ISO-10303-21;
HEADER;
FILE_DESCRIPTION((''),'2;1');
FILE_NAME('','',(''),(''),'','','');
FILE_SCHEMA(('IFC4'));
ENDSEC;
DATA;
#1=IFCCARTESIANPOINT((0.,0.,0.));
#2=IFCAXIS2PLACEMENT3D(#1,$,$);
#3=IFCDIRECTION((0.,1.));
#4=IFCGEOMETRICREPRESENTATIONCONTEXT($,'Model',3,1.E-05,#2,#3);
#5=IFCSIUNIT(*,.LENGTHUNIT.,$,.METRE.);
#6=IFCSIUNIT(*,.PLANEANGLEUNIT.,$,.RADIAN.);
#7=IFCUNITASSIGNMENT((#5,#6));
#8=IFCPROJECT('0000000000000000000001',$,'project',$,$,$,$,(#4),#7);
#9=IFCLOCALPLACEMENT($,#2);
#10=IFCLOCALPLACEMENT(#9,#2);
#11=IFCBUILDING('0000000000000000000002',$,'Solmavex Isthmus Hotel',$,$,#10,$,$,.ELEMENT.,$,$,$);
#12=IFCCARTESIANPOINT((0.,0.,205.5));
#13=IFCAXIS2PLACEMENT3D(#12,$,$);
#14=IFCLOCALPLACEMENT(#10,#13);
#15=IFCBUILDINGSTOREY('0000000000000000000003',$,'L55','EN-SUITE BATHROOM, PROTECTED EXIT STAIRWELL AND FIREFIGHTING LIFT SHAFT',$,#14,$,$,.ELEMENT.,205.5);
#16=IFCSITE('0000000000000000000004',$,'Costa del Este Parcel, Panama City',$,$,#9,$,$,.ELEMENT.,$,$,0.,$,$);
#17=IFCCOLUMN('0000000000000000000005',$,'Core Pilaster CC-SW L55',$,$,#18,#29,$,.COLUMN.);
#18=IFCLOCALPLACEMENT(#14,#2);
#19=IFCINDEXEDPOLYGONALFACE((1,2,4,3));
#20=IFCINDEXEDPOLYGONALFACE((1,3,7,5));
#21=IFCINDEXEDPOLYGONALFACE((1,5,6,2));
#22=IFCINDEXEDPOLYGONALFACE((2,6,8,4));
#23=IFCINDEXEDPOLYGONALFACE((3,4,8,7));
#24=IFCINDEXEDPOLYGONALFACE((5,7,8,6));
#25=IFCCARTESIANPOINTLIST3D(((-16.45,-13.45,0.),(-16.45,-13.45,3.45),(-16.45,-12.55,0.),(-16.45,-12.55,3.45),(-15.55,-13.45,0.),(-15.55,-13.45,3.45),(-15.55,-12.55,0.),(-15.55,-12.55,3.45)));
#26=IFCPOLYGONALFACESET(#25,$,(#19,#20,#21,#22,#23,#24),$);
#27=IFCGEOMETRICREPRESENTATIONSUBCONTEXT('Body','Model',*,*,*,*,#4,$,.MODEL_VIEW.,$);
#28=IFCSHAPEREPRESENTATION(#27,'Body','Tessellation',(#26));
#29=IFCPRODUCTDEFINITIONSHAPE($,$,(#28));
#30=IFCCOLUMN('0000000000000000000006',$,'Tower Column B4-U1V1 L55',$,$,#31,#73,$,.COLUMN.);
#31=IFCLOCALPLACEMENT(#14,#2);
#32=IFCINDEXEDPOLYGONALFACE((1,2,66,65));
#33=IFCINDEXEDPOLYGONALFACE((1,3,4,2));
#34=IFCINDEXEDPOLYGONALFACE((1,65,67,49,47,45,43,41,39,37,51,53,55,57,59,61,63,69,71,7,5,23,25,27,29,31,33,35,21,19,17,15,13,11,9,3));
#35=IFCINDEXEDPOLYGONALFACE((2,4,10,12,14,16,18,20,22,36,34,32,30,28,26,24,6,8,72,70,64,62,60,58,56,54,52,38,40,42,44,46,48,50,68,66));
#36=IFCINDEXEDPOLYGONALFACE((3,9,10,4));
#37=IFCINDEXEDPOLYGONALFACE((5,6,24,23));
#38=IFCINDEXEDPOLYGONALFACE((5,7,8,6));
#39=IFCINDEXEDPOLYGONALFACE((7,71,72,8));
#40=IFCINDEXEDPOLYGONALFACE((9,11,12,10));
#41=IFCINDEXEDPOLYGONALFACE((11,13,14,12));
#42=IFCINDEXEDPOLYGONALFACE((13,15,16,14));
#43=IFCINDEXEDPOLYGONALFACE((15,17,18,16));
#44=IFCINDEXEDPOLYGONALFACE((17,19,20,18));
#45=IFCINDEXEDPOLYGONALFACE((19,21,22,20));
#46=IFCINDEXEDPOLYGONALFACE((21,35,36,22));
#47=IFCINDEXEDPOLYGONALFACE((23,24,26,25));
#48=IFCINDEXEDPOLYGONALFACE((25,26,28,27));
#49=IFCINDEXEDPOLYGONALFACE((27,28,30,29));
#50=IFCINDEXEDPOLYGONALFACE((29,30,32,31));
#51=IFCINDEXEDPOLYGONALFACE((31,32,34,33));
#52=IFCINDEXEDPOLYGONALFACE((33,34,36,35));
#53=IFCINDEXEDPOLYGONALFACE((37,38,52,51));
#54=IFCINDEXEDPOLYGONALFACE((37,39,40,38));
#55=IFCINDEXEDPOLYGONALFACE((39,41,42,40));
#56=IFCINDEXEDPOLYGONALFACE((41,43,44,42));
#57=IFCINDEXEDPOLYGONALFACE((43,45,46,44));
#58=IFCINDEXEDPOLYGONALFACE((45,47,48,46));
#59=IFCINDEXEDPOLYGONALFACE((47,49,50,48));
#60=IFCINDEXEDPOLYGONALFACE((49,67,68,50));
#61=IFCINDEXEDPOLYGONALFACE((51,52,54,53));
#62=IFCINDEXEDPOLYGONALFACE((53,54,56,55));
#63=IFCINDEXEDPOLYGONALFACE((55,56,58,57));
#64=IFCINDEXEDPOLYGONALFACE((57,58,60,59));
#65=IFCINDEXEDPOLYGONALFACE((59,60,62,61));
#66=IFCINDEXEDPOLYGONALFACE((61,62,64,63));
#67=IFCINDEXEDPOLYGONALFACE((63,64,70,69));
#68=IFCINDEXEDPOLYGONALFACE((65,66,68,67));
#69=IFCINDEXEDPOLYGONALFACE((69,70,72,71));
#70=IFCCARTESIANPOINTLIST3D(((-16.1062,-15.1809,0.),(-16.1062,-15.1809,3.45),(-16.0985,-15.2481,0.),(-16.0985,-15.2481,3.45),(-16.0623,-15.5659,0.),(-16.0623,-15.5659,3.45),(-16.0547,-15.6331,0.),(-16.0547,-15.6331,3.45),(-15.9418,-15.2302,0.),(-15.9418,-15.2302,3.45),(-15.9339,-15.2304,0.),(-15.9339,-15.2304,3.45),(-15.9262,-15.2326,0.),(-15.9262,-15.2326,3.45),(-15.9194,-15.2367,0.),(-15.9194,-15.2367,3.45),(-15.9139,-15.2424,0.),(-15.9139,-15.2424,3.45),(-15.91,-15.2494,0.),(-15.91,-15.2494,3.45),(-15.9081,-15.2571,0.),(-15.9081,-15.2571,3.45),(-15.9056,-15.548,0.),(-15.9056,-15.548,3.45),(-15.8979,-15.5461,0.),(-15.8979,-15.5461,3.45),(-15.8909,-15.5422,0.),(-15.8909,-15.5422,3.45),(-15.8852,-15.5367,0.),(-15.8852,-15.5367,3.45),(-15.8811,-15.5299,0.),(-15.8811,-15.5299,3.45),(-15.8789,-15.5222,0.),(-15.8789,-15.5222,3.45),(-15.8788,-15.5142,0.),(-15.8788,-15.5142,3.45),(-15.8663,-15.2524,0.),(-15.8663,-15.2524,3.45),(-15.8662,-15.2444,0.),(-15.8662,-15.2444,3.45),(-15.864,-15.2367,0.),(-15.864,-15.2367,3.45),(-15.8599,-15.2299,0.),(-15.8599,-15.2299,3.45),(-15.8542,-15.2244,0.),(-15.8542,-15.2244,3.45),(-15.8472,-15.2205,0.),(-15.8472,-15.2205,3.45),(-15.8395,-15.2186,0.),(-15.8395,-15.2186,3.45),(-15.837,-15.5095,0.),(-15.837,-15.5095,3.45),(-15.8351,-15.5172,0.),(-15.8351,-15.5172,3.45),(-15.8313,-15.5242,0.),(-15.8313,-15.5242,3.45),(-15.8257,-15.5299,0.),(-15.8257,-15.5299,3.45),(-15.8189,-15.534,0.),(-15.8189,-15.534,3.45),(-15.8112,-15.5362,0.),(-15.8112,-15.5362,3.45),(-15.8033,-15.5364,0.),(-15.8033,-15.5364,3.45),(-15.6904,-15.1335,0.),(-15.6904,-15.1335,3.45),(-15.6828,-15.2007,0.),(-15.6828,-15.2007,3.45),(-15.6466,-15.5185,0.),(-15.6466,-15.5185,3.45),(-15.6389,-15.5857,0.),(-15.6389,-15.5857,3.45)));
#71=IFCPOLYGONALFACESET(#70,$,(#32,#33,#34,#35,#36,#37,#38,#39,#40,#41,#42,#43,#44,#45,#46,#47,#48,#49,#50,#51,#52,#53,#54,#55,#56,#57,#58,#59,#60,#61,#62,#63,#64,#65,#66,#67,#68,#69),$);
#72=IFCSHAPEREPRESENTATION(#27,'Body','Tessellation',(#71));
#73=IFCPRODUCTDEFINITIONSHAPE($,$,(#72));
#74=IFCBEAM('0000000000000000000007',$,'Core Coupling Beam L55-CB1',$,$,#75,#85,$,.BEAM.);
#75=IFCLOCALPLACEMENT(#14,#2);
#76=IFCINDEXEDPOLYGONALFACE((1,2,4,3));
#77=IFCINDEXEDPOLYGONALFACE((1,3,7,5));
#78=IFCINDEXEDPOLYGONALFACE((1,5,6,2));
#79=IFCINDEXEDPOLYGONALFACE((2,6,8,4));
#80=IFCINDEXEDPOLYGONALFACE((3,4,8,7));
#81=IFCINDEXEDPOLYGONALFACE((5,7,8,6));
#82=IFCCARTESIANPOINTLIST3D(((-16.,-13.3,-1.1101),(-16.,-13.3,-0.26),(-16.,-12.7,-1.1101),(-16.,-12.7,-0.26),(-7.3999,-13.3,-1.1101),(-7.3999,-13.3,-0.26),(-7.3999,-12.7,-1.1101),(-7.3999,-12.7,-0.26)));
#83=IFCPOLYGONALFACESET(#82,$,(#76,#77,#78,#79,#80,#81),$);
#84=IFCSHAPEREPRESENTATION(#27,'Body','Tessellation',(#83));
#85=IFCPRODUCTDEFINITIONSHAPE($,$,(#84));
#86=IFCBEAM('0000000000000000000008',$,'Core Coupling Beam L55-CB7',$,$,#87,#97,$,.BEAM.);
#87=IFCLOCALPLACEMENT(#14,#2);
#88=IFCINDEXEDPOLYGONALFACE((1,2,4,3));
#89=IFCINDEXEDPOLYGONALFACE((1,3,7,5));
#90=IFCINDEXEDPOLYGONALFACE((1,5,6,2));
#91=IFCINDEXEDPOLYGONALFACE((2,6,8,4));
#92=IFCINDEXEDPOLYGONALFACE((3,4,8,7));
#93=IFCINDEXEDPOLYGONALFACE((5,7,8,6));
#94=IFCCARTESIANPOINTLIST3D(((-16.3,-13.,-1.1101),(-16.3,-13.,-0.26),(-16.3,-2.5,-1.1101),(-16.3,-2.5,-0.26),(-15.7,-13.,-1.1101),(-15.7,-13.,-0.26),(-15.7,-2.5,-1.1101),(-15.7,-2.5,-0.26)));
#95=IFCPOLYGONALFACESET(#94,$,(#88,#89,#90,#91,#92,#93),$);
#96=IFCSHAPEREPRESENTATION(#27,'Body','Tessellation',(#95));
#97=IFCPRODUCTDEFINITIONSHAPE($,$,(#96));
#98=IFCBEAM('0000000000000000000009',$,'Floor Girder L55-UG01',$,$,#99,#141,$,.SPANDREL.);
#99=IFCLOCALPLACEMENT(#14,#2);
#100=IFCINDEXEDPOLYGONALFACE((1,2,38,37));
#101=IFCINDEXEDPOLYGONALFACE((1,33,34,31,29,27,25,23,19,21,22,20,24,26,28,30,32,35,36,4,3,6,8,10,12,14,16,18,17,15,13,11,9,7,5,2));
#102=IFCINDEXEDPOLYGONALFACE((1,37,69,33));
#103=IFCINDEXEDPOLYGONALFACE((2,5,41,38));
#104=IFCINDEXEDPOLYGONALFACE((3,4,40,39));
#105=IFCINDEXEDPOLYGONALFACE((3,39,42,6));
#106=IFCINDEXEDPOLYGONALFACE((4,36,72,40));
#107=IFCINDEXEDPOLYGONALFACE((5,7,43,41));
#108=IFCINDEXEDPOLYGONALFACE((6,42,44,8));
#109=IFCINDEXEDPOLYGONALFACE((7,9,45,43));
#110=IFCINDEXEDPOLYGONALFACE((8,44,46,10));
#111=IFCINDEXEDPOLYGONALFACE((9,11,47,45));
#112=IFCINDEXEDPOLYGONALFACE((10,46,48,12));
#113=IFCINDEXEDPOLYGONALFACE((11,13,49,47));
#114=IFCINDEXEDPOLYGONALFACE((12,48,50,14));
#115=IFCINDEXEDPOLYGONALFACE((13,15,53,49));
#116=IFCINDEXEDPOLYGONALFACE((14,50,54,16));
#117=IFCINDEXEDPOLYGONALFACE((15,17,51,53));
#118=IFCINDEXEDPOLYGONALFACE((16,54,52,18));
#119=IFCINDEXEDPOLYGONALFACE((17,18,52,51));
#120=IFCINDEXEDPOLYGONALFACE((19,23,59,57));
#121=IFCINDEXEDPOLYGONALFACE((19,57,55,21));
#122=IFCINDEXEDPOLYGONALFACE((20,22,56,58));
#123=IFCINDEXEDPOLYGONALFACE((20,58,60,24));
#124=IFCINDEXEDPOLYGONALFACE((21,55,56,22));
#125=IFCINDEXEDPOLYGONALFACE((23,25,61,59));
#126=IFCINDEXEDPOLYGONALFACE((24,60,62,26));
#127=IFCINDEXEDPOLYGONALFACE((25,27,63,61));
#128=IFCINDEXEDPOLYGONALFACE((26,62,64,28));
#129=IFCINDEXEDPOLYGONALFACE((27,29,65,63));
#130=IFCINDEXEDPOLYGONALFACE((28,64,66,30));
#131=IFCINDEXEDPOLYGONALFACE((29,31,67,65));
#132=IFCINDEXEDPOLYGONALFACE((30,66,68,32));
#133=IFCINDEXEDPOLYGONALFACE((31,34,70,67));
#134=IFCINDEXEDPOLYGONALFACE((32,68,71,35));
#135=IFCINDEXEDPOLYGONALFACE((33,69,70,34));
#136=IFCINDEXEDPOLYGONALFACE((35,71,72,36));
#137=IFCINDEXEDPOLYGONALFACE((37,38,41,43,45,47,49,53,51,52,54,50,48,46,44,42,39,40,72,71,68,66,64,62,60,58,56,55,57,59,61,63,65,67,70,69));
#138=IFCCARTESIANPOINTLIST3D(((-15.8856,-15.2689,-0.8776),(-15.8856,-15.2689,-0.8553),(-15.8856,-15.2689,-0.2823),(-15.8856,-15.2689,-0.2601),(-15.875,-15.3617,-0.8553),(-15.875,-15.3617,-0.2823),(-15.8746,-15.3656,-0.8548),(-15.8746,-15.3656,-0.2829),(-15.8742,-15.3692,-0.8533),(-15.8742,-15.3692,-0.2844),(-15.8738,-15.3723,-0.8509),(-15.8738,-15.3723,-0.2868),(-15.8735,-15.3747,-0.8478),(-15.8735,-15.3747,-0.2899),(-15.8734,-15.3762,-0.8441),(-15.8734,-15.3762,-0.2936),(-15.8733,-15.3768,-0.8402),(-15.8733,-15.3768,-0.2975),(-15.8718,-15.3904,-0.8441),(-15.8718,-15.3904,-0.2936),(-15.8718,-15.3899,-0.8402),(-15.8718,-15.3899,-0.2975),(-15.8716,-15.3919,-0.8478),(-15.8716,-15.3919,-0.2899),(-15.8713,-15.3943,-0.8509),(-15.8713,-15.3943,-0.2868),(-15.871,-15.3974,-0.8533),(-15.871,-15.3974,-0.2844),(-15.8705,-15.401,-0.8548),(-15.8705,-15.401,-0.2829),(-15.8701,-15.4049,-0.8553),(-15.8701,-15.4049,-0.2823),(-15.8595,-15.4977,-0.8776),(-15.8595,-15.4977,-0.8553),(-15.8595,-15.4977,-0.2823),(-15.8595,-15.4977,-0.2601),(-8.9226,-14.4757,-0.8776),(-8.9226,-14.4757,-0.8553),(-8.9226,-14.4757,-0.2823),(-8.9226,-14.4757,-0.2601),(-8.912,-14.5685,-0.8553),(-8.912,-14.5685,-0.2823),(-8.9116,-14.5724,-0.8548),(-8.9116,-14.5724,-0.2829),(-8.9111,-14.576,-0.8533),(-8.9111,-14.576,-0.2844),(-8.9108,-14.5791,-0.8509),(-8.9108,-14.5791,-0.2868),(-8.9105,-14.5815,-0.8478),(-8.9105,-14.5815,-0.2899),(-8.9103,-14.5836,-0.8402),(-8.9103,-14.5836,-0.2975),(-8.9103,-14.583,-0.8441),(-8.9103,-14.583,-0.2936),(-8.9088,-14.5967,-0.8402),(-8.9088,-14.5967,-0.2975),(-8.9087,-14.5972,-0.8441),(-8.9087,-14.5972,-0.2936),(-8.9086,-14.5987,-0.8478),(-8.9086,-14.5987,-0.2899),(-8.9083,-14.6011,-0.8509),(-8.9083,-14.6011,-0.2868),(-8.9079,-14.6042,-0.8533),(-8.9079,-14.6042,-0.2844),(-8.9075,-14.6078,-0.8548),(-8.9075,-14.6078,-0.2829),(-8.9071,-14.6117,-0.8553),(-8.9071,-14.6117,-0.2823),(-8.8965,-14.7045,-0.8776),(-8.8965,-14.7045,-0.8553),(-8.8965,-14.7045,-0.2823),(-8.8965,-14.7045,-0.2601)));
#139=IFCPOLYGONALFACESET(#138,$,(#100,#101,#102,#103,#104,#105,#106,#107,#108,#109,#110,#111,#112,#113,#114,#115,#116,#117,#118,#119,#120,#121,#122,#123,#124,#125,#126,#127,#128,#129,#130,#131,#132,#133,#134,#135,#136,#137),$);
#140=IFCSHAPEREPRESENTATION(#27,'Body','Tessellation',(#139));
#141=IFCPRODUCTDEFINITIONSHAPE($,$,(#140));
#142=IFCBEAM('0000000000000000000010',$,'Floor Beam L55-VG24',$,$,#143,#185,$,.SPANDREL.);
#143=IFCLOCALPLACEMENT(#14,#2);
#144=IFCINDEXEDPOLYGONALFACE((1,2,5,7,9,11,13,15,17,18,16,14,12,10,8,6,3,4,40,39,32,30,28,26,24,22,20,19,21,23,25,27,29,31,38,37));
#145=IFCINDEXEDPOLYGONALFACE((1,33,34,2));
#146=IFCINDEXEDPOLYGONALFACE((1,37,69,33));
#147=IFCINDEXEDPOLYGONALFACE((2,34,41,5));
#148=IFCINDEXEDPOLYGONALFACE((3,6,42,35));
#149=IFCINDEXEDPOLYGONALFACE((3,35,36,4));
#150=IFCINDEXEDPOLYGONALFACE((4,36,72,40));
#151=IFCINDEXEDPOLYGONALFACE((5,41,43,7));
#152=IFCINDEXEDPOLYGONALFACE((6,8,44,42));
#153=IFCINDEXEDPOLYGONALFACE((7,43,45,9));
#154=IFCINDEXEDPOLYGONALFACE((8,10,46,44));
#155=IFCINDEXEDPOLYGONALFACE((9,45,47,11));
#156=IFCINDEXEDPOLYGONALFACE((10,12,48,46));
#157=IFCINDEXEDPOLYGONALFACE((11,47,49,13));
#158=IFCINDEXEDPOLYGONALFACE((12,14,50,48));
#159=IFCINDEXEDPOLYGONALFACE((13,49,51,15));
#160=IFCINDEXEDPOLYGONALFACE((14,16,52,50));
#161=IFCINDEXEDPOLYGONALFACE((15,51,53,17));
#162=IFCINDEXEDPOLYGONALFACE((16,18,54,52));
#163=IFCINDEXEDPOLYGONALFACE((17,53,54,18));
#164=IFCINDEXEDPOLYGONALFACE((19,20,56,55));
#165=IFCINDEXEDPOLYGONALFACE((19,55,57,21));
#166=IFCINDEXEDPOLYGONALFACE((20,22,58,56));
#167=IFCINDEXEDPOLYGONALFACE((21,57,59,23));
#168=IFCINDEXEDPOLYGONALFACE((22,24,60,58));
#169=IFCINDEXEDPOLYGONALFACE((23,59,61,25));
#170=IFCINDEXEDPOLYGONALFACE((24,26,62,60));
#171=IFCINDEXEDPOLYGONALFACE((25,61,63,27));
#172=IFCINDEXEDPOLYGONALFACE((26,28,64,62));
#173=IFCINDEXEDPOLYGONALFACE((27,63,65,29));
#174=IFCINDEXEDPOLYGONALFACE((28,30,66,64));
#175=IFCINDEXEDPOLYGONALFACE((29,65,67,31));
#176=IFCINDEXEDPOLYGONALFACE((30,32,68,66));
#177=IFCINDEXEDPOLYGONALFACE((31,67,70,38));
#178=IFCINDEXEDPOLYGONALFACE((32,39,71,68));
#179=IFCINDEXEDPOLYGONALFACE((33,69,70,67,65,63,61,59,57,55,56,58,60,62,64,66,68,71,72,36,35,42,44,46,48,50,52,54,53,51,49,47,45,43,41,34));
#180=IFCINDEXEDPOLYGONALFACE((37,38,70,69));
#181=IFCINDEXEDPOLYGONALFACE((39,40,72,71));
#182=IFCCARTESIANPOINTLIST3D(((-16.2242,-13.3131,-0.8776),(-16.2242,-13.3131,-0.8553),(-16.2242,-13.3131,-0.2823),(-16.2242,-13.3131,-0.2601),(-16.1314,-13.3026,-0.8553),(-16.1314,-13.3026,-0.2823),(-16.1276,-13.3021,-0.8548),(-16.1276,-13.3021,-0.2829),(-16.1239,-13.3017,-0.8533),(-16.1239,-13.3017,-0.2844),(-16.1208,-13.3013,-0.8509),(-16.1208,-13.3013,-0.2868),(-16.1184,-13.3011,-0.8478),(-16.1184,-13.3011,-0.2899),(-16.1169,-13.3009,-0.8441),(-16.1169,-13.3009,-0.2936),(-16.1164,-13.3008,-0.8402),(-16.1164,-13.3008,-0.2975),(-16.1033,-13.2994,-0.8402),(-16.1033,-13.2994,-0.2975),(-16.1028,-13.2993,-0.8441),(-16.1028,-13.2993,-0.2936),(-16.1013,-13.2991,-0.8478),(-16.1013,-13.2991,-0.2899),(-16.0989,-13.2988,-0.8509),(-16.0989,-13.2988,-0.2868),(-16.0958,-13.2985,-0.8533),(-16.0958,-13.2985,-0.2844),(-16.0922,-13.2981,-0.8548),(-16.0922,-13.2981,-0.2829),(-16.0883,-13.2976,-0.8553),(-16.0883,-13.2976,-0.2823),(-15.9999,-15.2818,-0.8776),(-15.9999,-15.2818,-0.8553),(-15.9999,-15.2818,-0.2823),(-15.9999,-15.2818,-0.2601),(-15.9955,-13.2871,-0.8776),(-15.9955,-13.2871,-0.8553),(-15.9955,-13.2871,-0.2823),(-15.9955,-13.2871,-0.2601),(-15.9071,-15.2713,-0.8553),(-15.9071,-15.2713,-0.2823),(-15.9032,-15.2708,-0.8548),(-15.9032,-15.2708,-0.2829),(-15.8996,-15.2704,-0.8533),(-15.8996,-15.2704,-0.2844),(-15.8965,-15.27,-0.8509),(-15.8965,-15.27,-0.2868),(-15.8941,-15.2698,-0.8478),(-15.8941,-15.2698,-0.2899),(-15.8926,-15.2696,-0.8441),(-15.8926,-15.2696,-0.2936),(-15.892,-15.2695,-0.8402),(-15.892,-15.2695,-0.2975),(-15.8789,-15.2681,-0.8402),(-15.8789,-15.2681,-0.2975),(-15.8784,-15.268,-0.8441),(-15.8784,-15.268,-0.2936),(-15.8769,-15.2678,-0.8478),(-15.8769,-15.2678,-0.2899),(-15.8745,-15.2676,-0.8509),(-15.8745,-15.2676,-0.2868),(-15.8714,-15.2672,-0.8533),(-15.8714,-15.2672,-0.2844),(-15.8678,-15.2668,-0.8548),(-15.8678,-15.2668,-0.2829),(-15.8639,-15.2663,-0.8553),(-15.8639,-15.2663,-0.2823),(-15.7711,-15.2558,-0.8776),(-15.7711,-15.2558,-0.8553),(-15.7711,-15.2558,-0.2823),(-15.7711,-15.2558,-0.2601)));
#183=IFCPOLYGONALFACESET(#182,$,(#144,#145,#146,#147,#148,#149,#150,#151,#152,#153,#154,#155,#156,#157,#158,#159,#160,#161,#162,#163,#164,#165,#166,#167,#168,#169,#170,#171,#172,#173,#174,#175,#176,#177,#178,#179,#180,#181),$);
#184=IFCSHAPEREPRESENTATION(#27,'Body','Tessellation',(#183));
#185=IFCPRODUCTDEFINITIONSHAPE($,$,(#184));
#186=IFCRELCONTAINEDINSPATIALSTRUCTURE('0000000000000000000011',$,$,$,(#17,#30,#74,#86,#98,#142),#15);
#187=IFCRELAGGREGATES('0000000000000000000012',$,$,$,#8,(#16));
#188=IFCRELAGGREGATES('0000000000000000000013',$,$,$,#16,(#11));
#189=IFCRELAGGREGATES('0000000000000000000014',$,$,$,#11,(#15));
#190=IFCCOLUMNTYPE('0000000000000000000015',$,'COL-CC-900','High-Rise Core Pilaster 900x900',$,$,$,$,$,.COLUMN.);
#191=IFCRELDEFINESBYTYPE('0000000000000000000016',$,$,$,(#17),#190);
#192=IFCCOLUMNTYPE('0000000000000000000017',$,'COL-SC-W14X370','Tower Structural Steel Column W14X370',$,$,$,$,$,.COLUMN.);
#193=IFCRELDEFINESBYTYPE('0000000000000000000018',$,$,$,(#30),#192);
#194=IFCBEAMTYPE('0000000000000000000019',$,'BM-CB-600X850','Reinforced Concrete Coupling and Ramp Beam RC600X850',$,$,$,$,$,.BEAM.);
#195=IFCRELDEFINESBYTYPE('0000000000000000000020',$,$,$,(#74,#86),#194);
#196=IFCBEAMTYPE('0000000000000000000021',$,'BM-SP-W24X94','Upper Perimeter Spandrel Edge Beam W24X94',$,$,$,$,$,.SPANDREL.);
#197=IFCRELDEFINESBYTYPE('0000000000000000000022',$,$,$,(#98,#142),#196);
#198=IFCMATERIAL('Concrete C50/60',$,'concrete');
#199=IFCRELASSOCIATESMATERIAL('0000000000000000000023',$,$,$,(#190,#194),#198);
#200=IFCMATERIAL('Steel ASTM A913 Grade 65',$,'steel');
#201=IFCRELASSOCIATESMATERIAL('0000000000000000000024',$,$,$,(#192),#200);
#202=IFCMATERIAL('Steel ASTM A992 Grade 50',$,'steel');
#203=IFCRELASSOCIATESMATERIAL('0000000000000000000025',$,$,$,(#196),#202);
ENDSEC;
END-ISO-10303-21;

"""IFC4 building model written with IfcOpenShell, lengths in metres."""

from ifc_helpers import new_model, si_unit, direction, frame, origin, origin_2d, place, context, subcontext, project, spatial, rectangle, i_section, extrude, material, material_profile, profile_set, type_object, element, save


model = new_model("IFC4")

# Units and contexts
model_context = context("Model", 3, precision=1e-05, world=origin(), true_north=direction((0.0, 1.0)))
body_context = subcontext(model_context, "Body", "Model", "MODEL_VIEW")
ifc_project = project(units=[si_unit("LENGTHUNIT", "METRE"), si_unit("PLANEANGLEUNIT", "RADIAN")], contexts=[model_context])

# Site, building, storey
site_placement = place(None, origin())
site = spatial("IfcSite", under=ifc_project, at=site_placement, Name="Costa del Este Parcel, Panama City", CompositionType="ELEMENT", RefElevation=0.0)
building_placement = place(site_placement, origin())
building = spatial("IfcBuilding", under=site, at=building_placement, Name="Solmavex Isthmus Hotel", CompositionType="ELEMENT")
storey_placement = place(building_placement, frame((0.0, 0.0, 205.5)))
storey = spatial("IfcBuildingStorey", under=building, at=storey_placement, Name="L55", Description="EN-SUITE BATHROOM, PROTECTED EXIT STAIRWELL AND FIREFIGHTING LIFT SHAFT", CompositionType="ELEMENT", Elevation=205.5)

# Columns
ifc_material_1 = material(Name="Concrete C50/60", Category="concrete")
ifc_material_profile_1 = material_profile(ifc_material_1, rectangle(XDim=0.8999, YDim=0.8999, at=origin_2d()), Name="RC900X900")
ifc_profile_set_1 = profile_set([ifc_material_profile_1], Name="Concrete C50/60")
column_type_1 = type_object("IfcColumnType", Name="COL-CC-900", Description="High-Rise Core Pilaster 900x900", PredefinedType="COLUMN", material=ifc_profile_set_1)
column_1_placement = place(storey_placement, frame((-16.0, -13.0, 0.0), z_axis=(0.0, 0.0, 1.0), x_axis=(1.0, 0.0, 0.0)))
element("IfcColumn", 1, at=column_1_placement, inside=storey, type_object=column_type_1, Name="Core Pilaster CC-SW L55", PredefinedType="COLUMN", context=body_context, shape_type="SweptSolid", body=[
    extrude(rectangle(XDim=0.8999, YDim=0.8999, at=origin_2d()), origin(), (0.0, 0.0, 1.0), 3.45),
])
ifc_material_2 = material(Name="Steel ASTM A913 Grade 65", Category="steel")
ifc_material_profile_2 = material_profile(ifc_material_2, i_section(OverallWidth=0.4185, OverallDepth=0.4551, WebThickness=0.042, FlangeThickness=0.0676, FilletRadius=0.0305, at=origin_2d()), Name="W14X370")
ifc_profile_set_2 = profile_set([ifc_material_profile_2], Name="Steel ASTM A913 Grade 65")
column_type_2 = type_object("IfcColumnType", Name="COL-SC-W14X370", Description="Tower Structural Steel Column W14X370", PredefinedType="COLUMN", material=ifc_profile_set_2)
column_2_placement = place(storey_placement, frame((-15.8726, -15.3833, 0.0), z_axis=(0.0, 0.0, 1.0), x_axis=(0.993572, 0.113203, 0.0)))
element("IfcColumn", 2, at=column_2_placement, inside=storey, type_object=column_type_2, Name="Tower Column B4-U1V1 L55", PredefinedType="COLUMN", context=body_context, shape_type="SweptSolid", body=[
    extrude(i_section(OverallWidth=0.4185, OverallDepth=0.4551, WebThickness=0.042, FlangeThickness=0.0676, FilletRadius=0.0305, at=origin_2d()), origin(), (0.0, 0.0, 1.0), 3.45),
])

# Beams
ifc_material_profile_3 = material_profile(ifc_material_1, rectangle(XDim=0.6001, YDim=0.8501, at=origin_2d()), Name="RC600X850")
ifc_profile_set_3 = profile_set([ifc_material_profile_3], Name="Concrete C50/60")
beam_type_1 = type_object("IfcBeamType", Name="BM-CB-600X850", Description="Reinforced Concrete Coupling and Ramp Beam RC600X850", PredefinedType="BEAM", material=ifc_profile_set_3)
beam_1_placement = place(storey_placement, frame((-16.0, -13.0, -0.6851), z_axis=(1.0, 0.0, 0.0), x_axis=(0.0, 1.0, 0.0)))
element("IfcBeam", 3, at=beam_1_placement, inside=storey, type_object=beam_type_1, Name="Core Coupling Beam L55-CB1", PredefinedType="BEAM", context=body_context, shape_type="SweptSolid", body=[
    extrude(rectangle(XDim=0.6001, YDim=0.8501, at=origin_2d()), origin(), (0.0, 0.0, 1.0), 8.6001),
])
beam_2_placement = place(storey_placement, frame((-16.0, -13.0, -0.6851), z_axis=(0.0, 1.0, 0.0), x_axis=(-1.0, 0.0, 0.0)))
element("IfcBeam", 4, at=beam_2_placement, inside=storey, type_object=beam_type_1, Name="Core Coupling Beam L55-CB7", PredefinedType="BEAM", context=body_context, shape_type="SweptSolid", body=[
    extrude(rectangle(XDim=0.6001, YDim=0.8501, at=origin_2d()), origin(), (0.0, 0.0, 1.0), 10.5),
])
ifc_material_3 = material(Name="Steel ASTM A992 Grade 50", Category="steel")
ifc_material_profile_4 = material_profile(ifc_material_3, i_section(OverallWidth=0.2302, OverallDepth=0.6174, WebThickness=0.0132, FlangeThickness=0.0222, FilletRadius=0.0151, at=origin_2d()), Name="W24X94")
ifc_profile_set_4 = profile_set([ifc_material_profile_4], Name="Steel ASTM A992 Grade 50")
beam_type_2 = type_object("IfcBeamType", Name="BM-SP-W24X94", Description="Upper Perimeter Spandrel Edge Beam W24X94", PredefinedType="SPANDREL", material=ifc_profile_set_4)
beam_3_placement = place(storey_placement, frame((-15.8726, -15.3833, -0.5688), z_axis=(0.993574, 0.113184, 0.0), x_axis=(-0.113184, 0.993574, 0.0)))
element("IfcBeam", 5, at=beam_3_placement, inside=storey, type_object=beam_type_2, Name="Floor Girder L55-UG01", PredefinedType="SPANDREL", context=body_context, shape_type="SweptSolid", body=[
    extrude(i_section(OverallWidth=0.2302, OverallDepth=0.6174, WebThickness=0.0132, FlangeThickness=0.0222, FilletRadius=0.0151, at=origin_2d()), origin(), (0.0, 0.0, 1.0), 7.0081),
])
beam_4_placement = place(storey_placement, frame((-15.8855, -15.2688, -0.5688), z_axis=(-0.11323, 0.993569, 0.0), x_axis=(-0.993569, -0.11323, 0.0)))
element("IfcBeam", 6, at=beam_4_placement, inside=storey, type_object=beam_type_2, Name="Floor Beam L55-VG24", PredefinedType="SPANDREL", context=body_context, shape_type="SweptSolid", body=[
    extrude(i_section(OverallWidth=0.2302, OverallDepth=0.6174, WebThickness=0.0132, FlangeThickness=0.0222, FilletRadius=0.0151, at=origin_2d()), origin(), (0.0, 0.0, 1.0), 1.9814),
])

save(model, "model.ifc")
